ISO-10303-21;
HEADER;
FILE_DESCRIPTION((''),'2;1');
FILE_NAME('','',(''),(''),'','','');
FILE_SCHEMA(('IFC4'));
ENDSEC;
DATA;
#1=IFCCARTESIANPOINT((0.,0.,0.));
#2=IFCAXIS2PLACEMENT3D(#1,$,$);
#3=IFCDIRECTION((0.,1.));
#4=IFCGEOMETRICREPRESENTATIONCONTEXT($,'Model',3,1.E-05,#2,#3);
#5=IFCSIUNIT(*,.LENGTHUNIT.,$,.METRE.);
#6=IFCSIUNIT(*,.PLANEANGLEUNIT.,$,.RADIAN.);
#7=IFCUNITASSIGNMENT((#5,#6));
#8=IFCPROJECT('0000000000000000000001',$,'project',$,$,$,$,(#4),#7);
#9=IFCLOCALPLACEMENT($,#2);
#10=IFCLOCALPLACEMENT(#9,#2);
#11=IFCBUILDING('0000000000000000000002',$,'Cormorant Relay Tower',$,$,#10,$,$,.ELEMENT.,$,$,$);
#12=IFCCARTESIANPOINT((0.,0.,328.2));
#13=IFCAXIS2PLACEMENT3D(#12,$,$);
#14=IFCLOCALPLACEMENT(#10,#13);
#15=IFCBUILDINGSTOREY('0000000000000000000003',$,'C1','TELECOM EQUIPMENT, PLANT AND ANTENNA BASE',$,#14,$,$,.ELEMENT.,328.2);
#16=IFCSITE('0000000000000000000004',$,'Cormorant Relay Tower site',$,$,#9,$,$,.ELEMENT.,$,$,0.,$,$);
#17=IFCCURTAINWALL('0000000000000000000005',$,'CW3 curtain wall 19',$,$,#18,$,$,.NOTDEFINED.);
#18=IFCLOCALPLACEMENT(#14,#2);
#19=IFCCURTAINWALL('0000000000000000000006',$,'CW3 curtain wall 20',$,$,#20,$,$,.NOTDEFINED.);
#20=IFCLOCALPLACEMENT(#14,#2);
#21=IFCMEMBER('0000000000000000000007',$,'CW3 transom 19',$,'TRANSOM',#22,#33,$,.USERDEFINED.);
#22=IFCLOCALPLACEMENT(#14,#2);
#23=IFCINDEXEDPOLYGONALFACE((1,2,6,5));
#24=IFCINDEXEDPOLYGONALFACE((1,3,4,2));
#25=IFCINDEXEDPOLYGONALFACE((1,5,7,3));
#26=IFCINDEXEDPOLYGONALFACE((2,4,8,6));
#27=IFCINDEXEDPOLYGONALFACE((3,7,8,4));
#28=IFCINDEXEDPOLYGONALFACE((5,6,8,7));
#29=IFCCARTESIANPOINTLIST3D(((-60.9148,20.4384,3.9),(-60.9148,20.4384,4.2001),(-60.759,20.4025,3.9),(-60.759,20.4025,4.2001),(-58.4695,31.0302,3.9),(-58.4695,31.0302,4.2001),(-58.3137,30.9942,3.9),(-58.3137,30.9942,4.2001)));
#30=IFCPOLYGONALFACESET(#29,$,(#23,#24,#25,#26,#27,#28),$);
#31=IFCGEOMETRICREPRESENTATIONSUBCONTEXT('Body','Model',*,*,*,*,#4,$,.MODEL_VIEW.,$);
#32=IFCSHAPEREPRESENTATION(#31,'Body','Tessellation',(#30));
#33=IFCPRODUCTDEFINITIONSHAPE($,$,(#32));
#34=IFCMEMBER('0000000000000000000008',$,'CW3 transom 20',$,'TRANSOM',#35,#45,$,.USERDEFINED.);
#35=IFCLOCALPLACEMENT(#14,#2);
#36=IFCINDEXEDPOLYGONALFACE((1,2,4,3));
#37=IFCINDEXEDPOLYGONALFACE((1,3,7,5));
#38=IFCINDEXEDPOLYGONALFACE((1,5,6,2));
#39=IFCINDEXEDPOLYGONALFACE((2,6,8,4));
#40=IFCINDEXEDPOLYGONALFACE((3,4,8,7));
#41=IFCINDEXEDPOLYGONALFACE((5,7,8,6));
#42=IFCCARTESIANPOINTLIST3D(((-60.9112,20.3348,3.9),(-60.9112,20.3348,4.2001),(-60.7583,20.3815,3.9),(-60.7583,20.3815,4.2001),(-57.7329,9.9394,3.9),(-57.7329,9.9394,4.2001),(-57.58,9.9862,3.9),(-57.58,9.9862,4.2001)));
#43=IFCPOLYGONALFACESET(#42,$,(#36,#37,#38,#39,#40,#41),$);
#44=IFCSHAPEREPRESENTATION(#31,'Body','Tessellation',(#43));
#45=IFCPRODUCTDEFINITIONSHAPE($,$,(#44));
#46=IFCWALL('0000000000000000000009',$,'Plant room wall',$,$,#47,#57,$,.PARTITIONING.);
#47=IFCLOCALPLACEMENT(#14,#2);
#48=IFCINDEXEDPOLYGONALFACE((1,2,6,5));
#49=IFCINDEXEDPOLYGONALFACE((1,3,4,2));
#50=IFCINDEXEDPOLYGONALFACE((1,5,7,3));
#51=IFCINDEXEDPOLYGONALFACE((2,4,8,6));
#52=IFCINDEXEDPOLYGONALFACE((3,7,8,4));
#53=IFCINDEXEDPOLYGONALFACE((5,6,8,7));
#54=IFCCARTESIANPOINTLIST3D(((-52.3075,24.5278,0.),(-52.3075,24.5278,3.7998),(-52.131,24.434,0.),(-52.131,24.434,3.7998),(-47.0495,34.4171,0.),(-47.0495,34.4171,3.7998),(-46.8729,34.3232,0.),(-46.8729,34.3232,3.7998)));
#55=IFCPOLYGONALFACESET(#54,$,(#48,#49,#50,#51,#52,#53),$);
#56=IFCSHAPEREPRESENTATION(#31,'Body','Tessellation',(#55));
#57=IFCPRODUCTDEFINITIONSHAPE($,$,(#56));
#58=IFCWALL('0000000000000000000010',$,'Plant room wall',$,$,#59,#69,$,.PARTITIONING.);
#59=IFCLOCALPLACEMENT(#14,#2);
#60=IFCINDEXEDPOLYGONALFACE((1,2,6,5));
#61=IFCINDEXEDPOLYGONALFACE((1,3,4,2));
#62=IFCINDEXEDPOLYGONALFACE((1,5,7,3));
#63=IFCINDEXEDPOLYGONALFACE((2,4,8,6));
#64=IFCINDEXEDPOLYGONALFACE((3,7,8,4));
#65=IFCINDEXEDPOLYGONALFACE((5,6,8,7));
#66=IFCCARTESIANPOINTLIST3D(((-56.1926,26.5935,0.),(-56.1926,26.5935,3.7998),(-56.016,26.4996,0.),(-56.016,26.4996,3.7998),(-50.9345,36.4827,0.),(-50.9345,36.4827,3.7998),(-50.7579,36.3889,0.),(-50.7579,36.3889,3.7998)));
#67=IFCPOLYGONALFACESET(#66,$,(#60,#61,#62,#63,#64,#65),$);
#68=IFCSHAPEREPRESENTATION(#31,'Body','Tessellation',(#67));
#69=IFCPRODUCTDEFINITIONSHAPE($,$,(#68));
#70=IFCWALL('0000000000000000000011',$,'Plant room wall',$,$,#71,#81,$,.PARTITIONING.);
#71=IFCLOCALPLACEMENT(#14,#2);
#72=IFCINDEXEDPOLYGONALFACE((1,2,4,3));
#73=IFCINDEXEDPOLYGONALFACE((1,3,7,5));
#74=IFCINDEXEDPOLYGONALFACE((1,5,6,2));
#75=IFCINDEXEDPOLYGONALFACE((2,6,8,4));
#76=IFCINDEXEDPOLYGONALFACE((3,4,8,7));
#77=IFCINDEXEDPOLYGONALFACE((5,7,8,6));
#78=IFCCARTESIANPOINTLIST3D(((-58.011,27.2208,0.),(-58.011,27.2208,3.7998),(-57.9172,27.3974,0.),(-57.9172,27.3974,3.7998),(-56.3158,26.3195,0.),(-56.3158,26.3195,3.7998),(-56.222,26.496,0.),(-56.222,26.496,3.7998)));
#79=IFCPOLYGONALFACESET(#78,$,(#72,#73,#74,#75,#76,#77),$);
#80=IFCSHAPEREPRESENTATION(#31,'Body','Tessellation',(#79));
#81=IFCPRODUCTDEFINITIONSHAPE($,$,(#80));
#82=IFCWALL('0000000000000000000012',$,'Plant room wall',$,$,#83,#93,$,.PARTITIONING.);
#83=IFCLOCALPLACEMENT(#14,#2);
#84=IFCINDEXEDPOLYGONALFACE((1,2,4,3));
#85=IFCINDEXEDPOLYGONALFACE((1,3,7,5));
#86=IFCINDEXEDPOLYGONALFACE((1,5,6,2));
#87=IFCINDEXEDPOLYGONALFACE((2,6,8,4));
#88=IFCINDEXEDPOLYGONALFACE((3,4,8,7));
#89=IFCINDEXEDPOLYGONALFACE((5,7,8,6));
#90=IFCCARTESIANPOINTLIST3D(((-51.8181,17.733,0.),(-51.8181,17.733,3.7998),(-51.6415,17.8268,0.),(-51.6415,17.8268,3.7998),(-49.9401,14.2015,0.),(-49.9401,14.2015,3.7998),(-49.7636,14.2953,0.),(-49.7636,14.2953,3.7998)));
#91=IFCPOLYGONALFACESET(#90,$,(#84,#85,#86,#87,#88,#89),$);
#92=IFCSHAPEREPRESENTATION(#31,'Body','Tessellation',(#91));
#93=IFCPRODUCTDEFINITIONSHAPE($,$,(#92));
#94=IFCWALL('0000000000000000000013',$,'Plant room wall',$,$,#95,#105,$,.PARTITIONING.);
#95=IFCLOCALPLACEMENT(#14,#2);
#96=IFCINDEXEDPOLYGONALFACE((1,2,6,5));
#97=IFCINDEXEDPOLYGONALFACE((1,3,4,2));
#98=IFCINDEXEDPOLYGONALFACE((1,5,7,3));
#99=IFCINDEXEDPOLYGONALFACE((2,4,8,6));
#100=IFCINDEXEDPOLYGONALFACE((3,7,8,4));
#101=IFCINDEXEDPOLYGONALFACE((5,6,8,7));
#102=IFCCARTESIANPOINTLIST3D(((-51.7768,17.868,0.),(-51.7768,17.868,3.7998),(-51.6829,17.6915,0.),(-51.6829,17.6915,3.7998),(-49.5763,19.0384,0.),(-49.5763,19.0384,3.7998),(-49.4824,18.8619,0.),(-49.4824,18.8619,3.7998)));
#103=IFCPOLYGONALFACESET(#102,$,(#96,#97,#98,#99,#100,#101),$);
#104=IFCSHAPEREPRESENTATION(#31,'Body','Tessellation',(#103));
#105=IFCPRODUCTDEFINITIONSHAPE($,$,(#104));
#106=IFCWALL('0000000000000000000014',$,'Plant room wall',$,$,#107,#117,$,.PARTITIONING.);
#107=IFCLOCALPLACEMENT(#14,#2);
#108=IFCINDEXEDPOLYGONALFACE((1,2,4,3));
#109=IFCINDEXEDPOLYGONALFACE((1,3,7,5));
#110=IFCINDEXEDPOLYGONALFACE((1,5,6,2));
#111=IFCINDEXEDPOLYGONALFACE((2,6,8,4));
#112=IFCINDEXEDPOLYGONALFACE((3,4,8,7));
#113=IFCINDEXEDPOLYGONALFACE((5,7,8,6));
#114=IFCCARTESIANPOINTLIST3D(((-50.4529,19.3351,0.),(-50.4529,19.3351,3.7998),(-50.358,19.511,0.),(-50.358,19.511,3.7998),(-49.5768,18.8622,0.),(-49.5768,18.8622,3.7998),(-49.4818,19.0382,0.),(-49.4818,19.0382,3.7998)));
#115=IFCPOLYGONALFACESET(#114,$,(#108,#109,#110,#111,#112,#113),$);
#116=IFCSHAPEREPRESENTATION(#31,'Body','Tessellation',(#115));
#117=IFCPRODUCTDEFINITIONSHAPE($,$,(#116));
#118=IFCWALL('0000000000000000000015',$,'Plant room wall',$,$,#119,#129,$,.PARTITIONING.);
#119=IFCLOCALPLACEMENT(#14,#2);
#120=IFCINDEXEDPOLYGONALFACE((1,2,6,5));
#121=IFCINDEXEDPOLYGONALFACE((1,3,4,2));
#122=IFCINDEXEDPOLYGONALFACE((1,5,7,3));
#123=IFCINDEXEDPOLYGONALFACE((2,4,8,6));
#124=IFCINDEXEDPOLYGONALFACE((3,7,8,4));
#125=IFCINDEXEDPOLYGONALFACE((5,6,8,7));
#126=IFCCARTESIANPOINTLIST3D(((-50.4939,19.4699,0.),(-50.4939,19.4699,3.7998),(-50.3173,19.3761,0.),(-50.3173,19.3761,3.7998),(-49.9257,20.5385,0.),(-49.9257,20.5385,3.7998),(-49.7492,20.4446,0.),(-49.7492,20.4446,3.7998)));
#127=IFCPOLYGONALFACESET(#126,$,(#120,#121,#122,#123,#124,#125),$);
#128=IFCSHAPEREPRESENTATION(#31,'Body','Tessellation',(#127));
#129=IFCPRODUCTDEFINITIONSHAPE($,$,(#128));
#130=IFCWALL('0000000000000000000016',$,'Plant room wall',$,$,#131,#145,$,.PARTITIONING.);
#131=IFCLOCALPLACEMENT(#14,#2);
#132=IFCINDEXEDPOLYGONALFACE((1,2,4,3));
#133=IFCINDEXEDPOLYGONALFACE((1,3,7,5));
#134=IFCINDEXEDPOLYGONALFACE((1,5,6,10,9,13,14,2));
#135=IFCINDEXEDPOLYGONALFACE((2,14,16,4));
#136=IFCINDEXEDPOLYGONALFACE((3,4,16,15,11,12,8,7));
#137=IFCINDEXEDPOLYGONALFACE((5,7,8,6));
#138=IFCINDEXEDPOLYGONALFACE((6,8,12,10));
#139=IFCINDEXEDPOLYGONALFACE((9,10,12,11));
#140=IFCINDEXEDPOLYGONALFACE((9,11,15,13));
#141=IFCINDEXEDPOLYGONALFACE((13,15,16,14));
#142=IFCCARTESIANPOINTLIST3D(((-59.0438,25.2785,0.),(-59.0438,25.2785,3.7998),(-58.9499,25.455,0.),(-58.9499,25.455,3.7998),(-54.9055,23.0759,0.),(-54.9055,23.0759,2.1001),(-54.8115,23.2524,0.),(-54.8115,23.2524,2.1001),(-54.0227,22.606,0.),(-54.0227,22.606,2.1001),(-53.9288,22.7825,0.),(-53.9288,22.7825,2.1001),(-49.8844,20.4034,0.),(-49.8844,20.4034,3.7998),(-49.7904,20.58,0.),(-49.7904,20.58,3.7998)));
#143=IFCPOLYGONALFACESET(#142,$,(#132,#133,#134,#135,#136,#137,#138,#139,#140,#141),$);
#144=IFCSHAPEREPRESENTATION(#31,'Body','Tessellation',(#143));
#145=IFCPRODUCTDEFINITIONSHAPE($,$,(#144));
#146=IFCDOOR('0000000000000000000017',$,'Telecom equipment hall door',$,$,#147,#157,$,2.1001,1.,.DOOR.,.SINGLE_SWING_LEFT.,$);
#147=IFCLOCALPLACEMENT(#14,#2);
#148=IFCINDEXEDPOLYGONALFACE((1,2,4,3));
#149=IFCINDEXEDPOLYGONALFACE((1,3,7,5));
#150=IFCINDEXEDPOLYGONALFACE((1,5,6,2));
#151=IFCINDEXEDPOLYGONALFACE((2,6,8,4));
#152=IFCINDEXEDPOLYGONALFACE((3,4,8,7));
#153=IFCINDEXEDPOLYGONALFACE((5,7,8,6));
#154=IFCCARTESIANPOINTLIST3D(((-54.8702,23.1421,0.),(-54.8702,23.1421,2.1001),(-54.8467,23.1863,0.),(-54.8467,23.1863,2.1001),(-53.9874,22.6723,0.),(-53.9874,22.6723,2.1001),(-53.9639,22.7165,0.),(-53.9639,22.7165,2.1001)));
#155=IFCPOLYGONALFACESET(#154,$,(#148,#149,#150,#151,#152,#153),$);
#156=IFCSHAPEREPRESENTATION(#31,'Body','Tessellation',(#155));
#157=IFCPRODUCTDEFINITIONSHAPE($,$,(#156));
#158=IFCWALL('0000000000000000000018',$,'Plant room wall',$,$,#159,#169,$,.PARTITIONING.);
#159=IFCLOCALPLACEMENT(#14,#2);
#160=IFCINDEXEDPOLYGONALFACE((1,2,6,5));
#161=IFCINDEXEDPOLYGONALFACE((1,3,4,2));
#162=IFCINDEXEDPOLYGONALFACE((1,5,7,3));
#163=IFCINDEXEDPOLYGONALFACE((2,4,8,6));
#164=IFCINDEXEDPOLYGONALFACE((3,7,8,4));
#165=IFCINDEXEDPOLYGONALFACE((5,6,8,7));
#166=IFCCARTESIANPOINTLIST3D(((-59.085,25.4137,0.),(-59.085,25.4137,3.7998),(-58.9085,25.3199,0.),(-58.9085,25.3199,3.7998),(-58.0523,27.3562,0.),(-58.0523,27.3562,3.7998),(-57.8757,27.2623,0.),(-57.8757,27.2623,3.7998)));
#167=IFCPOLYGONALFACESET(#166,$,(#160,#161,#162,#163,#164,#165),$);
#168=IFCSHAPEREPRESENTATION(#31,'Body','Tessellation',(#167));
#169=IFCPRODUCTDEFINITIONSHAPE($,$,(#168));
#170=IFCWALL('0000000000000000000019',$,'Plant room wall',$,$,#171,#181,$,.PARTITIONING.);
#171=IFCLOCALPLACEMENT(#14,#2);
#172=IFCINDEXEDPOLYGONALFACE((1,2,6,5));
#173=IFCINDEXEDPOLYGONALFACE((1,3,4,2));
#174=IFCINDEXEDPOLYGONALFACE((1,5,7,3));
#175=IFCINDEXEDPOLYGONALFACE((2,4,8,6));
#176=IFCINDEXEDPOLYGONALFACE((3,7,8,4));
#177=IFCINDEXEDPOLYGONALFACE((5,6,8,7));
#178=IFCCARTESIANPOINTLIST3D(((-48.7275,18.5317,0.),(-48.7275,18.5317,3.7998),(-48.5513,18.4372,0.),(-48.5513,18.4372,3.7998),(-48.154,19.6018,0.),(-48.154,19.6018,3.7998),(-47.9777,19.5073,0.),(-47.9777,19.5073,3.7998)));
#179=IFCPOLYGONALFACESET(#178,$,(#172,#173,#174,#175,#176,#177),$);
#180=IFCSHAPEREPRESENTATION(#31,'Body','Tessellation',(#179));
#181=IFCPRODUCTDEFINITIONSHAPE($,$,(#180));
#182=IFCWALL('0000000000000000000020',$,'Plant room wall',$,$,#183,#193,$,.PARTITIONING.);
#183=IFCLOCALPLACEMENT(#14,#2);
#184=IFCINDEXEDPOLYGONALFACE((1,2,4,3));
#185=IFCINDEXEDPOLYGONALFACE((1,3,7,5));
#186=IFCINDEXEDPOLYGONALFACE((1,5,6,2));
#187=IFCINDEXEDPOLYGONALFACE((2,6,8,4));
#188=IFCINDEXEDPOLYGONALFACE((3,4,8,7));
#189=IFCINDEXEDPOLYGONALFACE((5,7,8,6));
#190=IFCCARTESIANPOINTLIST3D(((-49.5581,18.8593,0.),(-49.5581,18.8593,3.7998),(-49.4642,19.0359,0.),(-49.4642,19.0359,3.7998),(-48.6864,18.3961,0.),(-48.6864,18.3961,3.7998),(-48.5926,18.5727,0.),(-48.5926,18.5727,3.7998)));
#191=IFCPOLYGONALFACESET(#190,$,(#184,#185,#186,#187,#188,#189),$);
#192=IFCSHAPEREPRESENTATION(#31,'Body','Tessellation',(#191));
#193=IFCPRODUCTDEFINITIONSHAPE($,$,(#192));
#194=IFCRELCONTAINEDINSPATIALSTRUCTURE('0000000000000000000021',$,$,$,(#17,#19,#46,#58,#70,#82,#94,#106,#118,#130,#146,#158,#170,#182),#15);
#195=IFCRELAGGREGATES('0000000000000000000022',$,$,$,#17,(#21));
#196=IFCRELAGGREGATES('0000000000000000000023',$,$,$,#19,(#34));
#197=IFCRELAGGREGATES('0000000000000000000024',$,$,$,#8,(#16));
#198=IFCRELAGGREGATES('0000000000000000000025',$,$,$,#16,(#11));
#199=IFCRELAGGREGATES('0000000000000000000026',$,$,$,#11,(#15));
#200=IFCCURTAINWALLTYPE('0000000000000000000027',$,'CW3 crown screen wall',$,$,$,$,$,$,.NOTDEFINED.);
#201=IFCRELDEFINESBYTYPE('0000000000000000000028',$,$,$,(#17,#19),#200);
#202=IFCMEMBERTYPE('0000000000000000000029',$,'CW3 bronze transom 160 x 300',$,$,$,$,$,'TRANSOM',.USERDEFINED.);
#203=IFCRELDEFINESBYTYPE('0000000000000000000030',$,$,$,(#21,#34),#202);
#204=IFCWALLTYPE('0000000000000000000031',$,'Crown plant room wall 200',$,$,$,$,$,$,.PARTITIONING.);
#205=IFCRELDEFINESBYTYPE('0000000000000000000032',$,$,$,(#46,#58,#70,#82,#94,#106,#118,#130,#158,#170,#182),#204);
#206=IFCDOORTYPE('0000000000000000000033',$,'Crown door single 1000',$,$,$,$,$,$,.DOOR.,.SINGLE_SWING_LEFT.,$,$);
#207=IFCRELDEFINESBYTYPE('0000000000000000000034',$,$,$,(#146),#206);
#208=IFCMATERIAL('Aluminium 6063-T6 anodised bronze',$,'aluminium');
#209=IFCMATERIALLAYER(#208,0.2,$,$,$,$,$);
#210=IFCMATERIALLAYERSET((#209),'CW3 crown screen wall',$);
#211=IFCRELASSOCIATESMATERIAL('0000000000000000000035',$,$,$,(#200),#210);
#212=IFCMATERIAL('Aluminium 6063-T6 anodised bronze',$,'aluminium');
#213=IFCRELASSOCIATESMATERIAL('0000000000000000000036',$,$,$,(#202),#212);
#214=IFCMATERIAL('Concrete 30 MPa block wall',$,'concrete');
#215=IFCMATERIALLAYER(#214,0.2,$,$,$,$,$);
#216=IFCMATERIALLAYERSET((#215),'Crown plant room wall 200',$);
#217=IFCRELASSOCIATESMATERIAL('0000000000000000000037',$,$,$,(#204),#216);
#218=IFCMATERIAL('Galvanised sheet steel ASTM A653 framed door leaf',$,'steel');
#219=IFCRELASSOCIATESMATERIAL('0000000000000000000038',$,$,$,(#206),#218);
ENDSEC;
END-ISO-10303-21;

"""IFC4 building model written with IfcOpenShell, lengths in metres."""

from ifc_helpers import new_model, si_unit, direction, frame, frame_2d, origin, origin_2d, place, context, subcontext, project, spatial, rectangle, extrude, material, layer, layer_set, material_profile, profile_set, type_object, element, fill, aggregate, save


model = new_model("IFC4")

# Units and contexts
model_context = context("Model", 3, precision=1e-05, world=origin(), true_north=direction((0.0, 1.0)))
body_context = subcontext(model_context, "Body", "Model", "MODEL_VIEW")
ifc_project = project(units=[si_unit("LENGTHUNIT", "METRE"), si_unit("PLANEANGLEUNIT", "RADIAN")], contexts=[model_context])

# Site, building, storey
site_placement = place(None, origin())
site = spatial("IfcSite", under=ifc_project, at=site_placement, Name="Cormorant Relay Tower site", CompositionType="ELEMENT", RefElevation=0.0)
building_placement = place(site_placement, origin())
building = spatial("IfcBuilding", under=site, at=building_placement, Name="Cormorant Relay Tower", CompositionType="ELEMENT")
storey_placement = place(building_placement, frame((0.0, 0.0, 328.2)))
storey = spatial("IfcBuildingStorey", under=building, at=storey_placement, Name="C1", Description="TELECOM EQUIPMENT, PLANT AND ANTENNA BASE", CompositionType="ELEMENT", Elevation=328.2)

# Curtain walls
ifc_material_1 = material(Name="Aluminium 6063-T6 anodised bronze", Category="aluminium")
ifc_layer_1 = layer(ifc_material_1, 0.2)
ifc_layer_set_1 = layer_set([ifc_layer_1], Name="CW3 crown screen wall")
curtain_wall_type = type_object("IfcCurtainWallType", Name="CW3 crown screen wall", PredefinedType="NOTDEFINED", material=ifc_layer_set_1)
curtain_wall_1_placement = place(storey_placement, origin())
curtain_wall_1 = element("IfcCurtainWall", 1, at=curtain_wall_1_placement, inside=storey, type_object=curtain_wall_type, Name="CW3 curtain wall 19", PredefinedType="NOTDEFINED")
curtain_wall_2_placement = place(storey_placement, origin())
curtain_wall_2 = element("IfcCurtainWall", 2, at=curtain_wall_2_placement, inside=storey, type_object=curtain_wall_type, Name="CW3 curtain wall 20", PredefinedType="NOTDEFINED")

# Members
ifc_material_2 = material(Name="Aluminium 6063-T6 anodised bronze", Category="aluminium")
ifc_material_profile_1 = material_profile(ifc_material_2, rectangle(XDim=0.1599, YDim=0.3, at=origin_2d()), Name="AL 160x300")
ifc_profile_set_1 = profile_set([ifc_material_profile_1], Name="Aluminium 6063-T6 anodised bronze")
member_type_1 = type_object("IfcMemberType", Name="CW3 bronze transom 160 x 300", ElementType="TRANSOM", PredefinedType="USERDEFINED", material=ifc_profile_set_1)
member_1_placement = place(storey_placement, frame((-58.3916, 31.0122, 4.05), z_axis=(-0.224951, -0.97437, 0.0), x_axis=(0.97437, -0.224951, 0.0)))
member_1 = element("IfcMember", 3, at=member_1_placement, type_object=member_type_1, Name="CW3 transom 19", ObjectType="TRANSOM", PredefinedType="USERDEFINED", context=body_context, shape_type="SweptSolid", body=[
    extrude(rectangle(XDim=0.1599, YDim=0.3, at=origin_2d()), origin(), (0.0, 0.0, 1.0), 10.8704),
])
member_2_placement = place(storey_placement, frame((-60.8347, 20.3582, 4.05), z_axis=(0.292378, -0.956303, 0.0), x_axis=(0.956303, 0.292378, 0.0)))
member_2 = element("IfcMember", 4, at=member_2_placement, type_object=member_type_1, Name="CW3 transom 20", ObjectType="TRANSOM", PredefinedType="USERDEFINED", context=body_context, shape_type="SweptSolid", body=[
    extrude(rectangle(XDim=0.1599, YDim=0.3, at=origin_2d()), origin(), (0.0, 0.0, 1.0), 10.8704),
])

# Walls
ifc_material_3 = material(Name="Concrete 30 MPa block wall", Category="concrete")
ifc_layer_2 = layer(ifc_material_3, 0.2)
ifc_layer_set_2 = layer_set([ifc_layer_2], Name="Crown plant room wall 200")
wall_type_1 = type_object("IfcWallType", Name="Crown plant room wall 200", PredefinedType="PARTITIONING", material=ifc_layer_set_2)
for number, where, z_axis, x_axis, name in (
    (5, (-46.9612, 34.3701, 0.0), (0.0, 0.0, 1.0), (-0.469464, -0.882951, 0.0), "Plant room wall"),
    (6, (-50.8462, 36.4358, 0.0), (0.0, 0.0, 1.0), (-0.469464, -0.882951, 0.0), "Plant room wall"),
):
    element("IfcWall", number, at=place(storey_placement, frame(where, z_axis=z_axis, x_axis=x_axis)), inside=storey, type_object=wall_type_1, Name=name, PredefinedType="PARTITIONING", context=body_context, shape_type="SweptSolid", body=[
        extrude(rectangle(XDim=11.2002, YDim=0.2, at=frame_2d((5.6001, 0.0))), origin(), (0.0, 0.0, 1.0), 3.7998),
    ])
wall_1_placement = place(storey_placement, frame((-57.9641, 27.3091, 0.0), z_axis=(0.0, 0.0, 1.0), x_axis=(0.882958, -0.469453, 0.0)))
element("IfcWall", 7, at=wall_1_placement, inside=storey, type_object=wall_type_1, Name="Plant room wall", PredefinedType="PARTITIONING", context=body_context, shape_type="SweptSolid", body=[
    extrude(rectangle(XDim=1.9199, YDim=0.2, at=frame_2d((0.96, 0.0))), origin(), (0.0, 0.0, 1.0), 3.7998),
])
wall_2_placement = place(storey_placement, frame((-49.8518, 14.2483, 0.0), z_axis=(0.0, 0.0, 1.0), x_axis=(-0.469511, 0.882927, 0.0)))
element("IfcWall", 8, at=wall_2_placement, inside=storey, type_object=wall_type_1, Name="Plant room wall", PredefinedType="PARTITIONING", context=body_context, shape_type="SweptSolid", body=[
    extrude(rectangle(XDim=3.9998, YDim=0.2, at=frame_2d((2.0, 0.0))), origin(), (0.0, 0.0, 1.0), 3.7998),
])
wall_3_placement = place(storey_placement, frame((-51.7297, 17.7798, 0.0), z_axis=(0.0, 0.0, 1.0), x_axis=(0.882878, 0.469602, 0.0)))
element("IfcWall", 9, at=wall_3_placement, inside=storey, type_object=wall_type_1, Name="Plant room wall", PredefinedType="PARTITIONING", context=body_context, shape_type="SweptSolid", body=[
    extrude(rectangle(XDim=2.4924, YDim=0.2, at=frame_2d((1.2461, 0.0))), origin(), (0.0, 0.0, 1.0), 3.7998),
])
wall_4_placement = place(storey_placement, frame((-49.5293, 18.9502, 0.0), z_axis=(0.0, 0.0, 1.0), x_axis=(-0.880014, 0.474948, 0.0)))
element("IfcWall", 10, at=wall_4_placement, inside=storey, type_object=wall_type_1, Name="Plant room wall", PredefinedType="PARTITIONING", context=body_context, shape_type="SweptSolid", body=[
    extrude(rectangle(XDim=0.9956, YDim=0.2, at=frame_2d((0.4978, 0.0))), origin(), (0.0, 0.0, 1.0), 3.7998),
])
wall_5_placement = place(storey_placement, frame((-50.4055, 19.4231, 0.0), z_axis=(0.0, 0.0, 1.0), x_axis=(0.469426, 0.882972, 0.0)))
element("IfcWall", 11, at=wall_5_placement, inside=storey, type_object=wall_type_1, Name="Plant room wall", PredefinedType="PARTITIONING", context=body_context, shape_type="SweptSolid", body=[
    extrude(rectangle(XDim=1.2102, YDim=0.2, at=frame_2d((0.605, 0.0))), origin(), (0.0, 0.0, 1.0), 3.7998),
])

# Wall, opening, door
wall_6_placement = place(storey_placement, frame((-49.8374, 20.4917, 0.0), z_axis=(0.0, 0.0, 1.0), x_axis=(-0.882754, 0.469836, 0.0)))
wall_6 = element("IfcWall", 12, at=wall_6_placement, inside=storey, type_object=wall_type_1, Name="Plant room wall", PredefinedType="PARTITIONING", context=body_context, shape_type="SweptSolid", body=[
    extrude(rectangle(XDim=10.376, YDim=0.2, at=frame_2d((5.188, 0.0))), origin(), (0.0, 0.0, 1.0), 3.7998),
])
opening_placement = place(wall_6_placement, frame((4.688, 0.0, 0.0)))
opening = element("IfcOpeningElement", 13, at=opening_placement, cuts=wall_6, PredefinedType="OPENING", context=body_context, shape_type="SweptSolid", body=[
    extrude(rectangle(XDim=1.0, YDim=2.1001, at=frame_2d((0.5, 1.05))), frame((0.0, 0.1099, 0.0), z_axis=(0.0, -1.0, 0.0), x_axis=(1.0, 0.0, 0.0)), (0.0, 0.0, 1.0), 0.22),
])
ifc_material_4 = material(Name="Galvanised sheet steel ASTM A653 framed door leaf", Category="steel")
door_type = type_object("IfcDoorType", Name="Crown door single 1000", OperationType="SINGLE_SWING_LEFT", PredefinedType="DOOR", material=ifc_material_4)
door_placement = place(opening_placement, origin())
door = element("IfcDoor", 14, at=door_placement, inside=storey, type_object=door_type, Name="Telecom equipment hall door", OperationType="SINGLE_SWING_LEFT", OverallHeight=2.1001, OverallWidth=1.0, PredefinedType="DOOR", context=body_context, shape_type="SweptSolid", body=[
    extrude(rectangle(XDim=1.0, YDim=2.1001, at=frame_2d((0.5, 1.05))), frame((0.0, 0.0249, 0.0), z_axis=(0.0, -1.0, 0.0), x_axis=(1.0, 0.0, 0.0)), (0.0, 0.0, 1.0), 0.05),
])
fill(opening, door)

# Walls
wall_7_placement = place(storey_placement, frame((-58.9968, 25.3667, 0.0), z_axis=(0.0, 0.0, 1.0), x_axis=(0.469447, 0.88296, 0.0)))
element("IfcWall", 15, at=wall_7_placement, inside=storey, type_object=wall_type_1, Name="Plant room wall", PredefinedType="PARTITIONING", context=body_context, shape_type="SweptSolid", body=[
    extrude(rectangle(XDim=2.2, YDim=0.2, at=frame_2d((1.1001, 0.0))), origin(), (0.0, 0.0, 1.0), 3.7998),
])
wall_8_placement = place(storey_placement, frame((-48.0659, 19.5544, 0.0), z_axis=(0.0, 0.0, 1.0), x_axis=(-0.472372, -0.881399, 0.0)))
element("IfcWall", 16, at=wall_8_placement, inside=storey, type_object=wall_type_1, Name="Plant room wall", PredefinedType="PARTITIONING", context=body_context, shape_type="SweptSolid", body=[
    extrude(rectangle(XDim=1.2141, YDim=0.2, at=frame_2d((0.6069, 0.0))), origin(), (0.0, 0.0, 1.0), 3.7998),
])
wall_9_placement = place(storey_placement, frame((-48.6394, 18.4844, 0.0), z_axis=(0.0, 0.0, 1.0), x_axis=(-0.883071, 0.46924, 0.0)))
element("IfcWall", 17, at=wall_9_placement, inside=storey, type_object=wall_type_1, Name="Plant room wall", PredefinedType="PARTITIONING", context=body_context, shape_type="SweptSolid", body=[
    extrude(rectangle(XDim=0.9871, YDim=0.2, at=frame_2d((0.4937, 0.0))), origin(), (0.0, 0.0, 1.0), 3.7998),
])

aggregate(curtain_wall_1, [member_1])
aggregate(curtain_wall_2, [member_2])

save(model, "model.ifc")
